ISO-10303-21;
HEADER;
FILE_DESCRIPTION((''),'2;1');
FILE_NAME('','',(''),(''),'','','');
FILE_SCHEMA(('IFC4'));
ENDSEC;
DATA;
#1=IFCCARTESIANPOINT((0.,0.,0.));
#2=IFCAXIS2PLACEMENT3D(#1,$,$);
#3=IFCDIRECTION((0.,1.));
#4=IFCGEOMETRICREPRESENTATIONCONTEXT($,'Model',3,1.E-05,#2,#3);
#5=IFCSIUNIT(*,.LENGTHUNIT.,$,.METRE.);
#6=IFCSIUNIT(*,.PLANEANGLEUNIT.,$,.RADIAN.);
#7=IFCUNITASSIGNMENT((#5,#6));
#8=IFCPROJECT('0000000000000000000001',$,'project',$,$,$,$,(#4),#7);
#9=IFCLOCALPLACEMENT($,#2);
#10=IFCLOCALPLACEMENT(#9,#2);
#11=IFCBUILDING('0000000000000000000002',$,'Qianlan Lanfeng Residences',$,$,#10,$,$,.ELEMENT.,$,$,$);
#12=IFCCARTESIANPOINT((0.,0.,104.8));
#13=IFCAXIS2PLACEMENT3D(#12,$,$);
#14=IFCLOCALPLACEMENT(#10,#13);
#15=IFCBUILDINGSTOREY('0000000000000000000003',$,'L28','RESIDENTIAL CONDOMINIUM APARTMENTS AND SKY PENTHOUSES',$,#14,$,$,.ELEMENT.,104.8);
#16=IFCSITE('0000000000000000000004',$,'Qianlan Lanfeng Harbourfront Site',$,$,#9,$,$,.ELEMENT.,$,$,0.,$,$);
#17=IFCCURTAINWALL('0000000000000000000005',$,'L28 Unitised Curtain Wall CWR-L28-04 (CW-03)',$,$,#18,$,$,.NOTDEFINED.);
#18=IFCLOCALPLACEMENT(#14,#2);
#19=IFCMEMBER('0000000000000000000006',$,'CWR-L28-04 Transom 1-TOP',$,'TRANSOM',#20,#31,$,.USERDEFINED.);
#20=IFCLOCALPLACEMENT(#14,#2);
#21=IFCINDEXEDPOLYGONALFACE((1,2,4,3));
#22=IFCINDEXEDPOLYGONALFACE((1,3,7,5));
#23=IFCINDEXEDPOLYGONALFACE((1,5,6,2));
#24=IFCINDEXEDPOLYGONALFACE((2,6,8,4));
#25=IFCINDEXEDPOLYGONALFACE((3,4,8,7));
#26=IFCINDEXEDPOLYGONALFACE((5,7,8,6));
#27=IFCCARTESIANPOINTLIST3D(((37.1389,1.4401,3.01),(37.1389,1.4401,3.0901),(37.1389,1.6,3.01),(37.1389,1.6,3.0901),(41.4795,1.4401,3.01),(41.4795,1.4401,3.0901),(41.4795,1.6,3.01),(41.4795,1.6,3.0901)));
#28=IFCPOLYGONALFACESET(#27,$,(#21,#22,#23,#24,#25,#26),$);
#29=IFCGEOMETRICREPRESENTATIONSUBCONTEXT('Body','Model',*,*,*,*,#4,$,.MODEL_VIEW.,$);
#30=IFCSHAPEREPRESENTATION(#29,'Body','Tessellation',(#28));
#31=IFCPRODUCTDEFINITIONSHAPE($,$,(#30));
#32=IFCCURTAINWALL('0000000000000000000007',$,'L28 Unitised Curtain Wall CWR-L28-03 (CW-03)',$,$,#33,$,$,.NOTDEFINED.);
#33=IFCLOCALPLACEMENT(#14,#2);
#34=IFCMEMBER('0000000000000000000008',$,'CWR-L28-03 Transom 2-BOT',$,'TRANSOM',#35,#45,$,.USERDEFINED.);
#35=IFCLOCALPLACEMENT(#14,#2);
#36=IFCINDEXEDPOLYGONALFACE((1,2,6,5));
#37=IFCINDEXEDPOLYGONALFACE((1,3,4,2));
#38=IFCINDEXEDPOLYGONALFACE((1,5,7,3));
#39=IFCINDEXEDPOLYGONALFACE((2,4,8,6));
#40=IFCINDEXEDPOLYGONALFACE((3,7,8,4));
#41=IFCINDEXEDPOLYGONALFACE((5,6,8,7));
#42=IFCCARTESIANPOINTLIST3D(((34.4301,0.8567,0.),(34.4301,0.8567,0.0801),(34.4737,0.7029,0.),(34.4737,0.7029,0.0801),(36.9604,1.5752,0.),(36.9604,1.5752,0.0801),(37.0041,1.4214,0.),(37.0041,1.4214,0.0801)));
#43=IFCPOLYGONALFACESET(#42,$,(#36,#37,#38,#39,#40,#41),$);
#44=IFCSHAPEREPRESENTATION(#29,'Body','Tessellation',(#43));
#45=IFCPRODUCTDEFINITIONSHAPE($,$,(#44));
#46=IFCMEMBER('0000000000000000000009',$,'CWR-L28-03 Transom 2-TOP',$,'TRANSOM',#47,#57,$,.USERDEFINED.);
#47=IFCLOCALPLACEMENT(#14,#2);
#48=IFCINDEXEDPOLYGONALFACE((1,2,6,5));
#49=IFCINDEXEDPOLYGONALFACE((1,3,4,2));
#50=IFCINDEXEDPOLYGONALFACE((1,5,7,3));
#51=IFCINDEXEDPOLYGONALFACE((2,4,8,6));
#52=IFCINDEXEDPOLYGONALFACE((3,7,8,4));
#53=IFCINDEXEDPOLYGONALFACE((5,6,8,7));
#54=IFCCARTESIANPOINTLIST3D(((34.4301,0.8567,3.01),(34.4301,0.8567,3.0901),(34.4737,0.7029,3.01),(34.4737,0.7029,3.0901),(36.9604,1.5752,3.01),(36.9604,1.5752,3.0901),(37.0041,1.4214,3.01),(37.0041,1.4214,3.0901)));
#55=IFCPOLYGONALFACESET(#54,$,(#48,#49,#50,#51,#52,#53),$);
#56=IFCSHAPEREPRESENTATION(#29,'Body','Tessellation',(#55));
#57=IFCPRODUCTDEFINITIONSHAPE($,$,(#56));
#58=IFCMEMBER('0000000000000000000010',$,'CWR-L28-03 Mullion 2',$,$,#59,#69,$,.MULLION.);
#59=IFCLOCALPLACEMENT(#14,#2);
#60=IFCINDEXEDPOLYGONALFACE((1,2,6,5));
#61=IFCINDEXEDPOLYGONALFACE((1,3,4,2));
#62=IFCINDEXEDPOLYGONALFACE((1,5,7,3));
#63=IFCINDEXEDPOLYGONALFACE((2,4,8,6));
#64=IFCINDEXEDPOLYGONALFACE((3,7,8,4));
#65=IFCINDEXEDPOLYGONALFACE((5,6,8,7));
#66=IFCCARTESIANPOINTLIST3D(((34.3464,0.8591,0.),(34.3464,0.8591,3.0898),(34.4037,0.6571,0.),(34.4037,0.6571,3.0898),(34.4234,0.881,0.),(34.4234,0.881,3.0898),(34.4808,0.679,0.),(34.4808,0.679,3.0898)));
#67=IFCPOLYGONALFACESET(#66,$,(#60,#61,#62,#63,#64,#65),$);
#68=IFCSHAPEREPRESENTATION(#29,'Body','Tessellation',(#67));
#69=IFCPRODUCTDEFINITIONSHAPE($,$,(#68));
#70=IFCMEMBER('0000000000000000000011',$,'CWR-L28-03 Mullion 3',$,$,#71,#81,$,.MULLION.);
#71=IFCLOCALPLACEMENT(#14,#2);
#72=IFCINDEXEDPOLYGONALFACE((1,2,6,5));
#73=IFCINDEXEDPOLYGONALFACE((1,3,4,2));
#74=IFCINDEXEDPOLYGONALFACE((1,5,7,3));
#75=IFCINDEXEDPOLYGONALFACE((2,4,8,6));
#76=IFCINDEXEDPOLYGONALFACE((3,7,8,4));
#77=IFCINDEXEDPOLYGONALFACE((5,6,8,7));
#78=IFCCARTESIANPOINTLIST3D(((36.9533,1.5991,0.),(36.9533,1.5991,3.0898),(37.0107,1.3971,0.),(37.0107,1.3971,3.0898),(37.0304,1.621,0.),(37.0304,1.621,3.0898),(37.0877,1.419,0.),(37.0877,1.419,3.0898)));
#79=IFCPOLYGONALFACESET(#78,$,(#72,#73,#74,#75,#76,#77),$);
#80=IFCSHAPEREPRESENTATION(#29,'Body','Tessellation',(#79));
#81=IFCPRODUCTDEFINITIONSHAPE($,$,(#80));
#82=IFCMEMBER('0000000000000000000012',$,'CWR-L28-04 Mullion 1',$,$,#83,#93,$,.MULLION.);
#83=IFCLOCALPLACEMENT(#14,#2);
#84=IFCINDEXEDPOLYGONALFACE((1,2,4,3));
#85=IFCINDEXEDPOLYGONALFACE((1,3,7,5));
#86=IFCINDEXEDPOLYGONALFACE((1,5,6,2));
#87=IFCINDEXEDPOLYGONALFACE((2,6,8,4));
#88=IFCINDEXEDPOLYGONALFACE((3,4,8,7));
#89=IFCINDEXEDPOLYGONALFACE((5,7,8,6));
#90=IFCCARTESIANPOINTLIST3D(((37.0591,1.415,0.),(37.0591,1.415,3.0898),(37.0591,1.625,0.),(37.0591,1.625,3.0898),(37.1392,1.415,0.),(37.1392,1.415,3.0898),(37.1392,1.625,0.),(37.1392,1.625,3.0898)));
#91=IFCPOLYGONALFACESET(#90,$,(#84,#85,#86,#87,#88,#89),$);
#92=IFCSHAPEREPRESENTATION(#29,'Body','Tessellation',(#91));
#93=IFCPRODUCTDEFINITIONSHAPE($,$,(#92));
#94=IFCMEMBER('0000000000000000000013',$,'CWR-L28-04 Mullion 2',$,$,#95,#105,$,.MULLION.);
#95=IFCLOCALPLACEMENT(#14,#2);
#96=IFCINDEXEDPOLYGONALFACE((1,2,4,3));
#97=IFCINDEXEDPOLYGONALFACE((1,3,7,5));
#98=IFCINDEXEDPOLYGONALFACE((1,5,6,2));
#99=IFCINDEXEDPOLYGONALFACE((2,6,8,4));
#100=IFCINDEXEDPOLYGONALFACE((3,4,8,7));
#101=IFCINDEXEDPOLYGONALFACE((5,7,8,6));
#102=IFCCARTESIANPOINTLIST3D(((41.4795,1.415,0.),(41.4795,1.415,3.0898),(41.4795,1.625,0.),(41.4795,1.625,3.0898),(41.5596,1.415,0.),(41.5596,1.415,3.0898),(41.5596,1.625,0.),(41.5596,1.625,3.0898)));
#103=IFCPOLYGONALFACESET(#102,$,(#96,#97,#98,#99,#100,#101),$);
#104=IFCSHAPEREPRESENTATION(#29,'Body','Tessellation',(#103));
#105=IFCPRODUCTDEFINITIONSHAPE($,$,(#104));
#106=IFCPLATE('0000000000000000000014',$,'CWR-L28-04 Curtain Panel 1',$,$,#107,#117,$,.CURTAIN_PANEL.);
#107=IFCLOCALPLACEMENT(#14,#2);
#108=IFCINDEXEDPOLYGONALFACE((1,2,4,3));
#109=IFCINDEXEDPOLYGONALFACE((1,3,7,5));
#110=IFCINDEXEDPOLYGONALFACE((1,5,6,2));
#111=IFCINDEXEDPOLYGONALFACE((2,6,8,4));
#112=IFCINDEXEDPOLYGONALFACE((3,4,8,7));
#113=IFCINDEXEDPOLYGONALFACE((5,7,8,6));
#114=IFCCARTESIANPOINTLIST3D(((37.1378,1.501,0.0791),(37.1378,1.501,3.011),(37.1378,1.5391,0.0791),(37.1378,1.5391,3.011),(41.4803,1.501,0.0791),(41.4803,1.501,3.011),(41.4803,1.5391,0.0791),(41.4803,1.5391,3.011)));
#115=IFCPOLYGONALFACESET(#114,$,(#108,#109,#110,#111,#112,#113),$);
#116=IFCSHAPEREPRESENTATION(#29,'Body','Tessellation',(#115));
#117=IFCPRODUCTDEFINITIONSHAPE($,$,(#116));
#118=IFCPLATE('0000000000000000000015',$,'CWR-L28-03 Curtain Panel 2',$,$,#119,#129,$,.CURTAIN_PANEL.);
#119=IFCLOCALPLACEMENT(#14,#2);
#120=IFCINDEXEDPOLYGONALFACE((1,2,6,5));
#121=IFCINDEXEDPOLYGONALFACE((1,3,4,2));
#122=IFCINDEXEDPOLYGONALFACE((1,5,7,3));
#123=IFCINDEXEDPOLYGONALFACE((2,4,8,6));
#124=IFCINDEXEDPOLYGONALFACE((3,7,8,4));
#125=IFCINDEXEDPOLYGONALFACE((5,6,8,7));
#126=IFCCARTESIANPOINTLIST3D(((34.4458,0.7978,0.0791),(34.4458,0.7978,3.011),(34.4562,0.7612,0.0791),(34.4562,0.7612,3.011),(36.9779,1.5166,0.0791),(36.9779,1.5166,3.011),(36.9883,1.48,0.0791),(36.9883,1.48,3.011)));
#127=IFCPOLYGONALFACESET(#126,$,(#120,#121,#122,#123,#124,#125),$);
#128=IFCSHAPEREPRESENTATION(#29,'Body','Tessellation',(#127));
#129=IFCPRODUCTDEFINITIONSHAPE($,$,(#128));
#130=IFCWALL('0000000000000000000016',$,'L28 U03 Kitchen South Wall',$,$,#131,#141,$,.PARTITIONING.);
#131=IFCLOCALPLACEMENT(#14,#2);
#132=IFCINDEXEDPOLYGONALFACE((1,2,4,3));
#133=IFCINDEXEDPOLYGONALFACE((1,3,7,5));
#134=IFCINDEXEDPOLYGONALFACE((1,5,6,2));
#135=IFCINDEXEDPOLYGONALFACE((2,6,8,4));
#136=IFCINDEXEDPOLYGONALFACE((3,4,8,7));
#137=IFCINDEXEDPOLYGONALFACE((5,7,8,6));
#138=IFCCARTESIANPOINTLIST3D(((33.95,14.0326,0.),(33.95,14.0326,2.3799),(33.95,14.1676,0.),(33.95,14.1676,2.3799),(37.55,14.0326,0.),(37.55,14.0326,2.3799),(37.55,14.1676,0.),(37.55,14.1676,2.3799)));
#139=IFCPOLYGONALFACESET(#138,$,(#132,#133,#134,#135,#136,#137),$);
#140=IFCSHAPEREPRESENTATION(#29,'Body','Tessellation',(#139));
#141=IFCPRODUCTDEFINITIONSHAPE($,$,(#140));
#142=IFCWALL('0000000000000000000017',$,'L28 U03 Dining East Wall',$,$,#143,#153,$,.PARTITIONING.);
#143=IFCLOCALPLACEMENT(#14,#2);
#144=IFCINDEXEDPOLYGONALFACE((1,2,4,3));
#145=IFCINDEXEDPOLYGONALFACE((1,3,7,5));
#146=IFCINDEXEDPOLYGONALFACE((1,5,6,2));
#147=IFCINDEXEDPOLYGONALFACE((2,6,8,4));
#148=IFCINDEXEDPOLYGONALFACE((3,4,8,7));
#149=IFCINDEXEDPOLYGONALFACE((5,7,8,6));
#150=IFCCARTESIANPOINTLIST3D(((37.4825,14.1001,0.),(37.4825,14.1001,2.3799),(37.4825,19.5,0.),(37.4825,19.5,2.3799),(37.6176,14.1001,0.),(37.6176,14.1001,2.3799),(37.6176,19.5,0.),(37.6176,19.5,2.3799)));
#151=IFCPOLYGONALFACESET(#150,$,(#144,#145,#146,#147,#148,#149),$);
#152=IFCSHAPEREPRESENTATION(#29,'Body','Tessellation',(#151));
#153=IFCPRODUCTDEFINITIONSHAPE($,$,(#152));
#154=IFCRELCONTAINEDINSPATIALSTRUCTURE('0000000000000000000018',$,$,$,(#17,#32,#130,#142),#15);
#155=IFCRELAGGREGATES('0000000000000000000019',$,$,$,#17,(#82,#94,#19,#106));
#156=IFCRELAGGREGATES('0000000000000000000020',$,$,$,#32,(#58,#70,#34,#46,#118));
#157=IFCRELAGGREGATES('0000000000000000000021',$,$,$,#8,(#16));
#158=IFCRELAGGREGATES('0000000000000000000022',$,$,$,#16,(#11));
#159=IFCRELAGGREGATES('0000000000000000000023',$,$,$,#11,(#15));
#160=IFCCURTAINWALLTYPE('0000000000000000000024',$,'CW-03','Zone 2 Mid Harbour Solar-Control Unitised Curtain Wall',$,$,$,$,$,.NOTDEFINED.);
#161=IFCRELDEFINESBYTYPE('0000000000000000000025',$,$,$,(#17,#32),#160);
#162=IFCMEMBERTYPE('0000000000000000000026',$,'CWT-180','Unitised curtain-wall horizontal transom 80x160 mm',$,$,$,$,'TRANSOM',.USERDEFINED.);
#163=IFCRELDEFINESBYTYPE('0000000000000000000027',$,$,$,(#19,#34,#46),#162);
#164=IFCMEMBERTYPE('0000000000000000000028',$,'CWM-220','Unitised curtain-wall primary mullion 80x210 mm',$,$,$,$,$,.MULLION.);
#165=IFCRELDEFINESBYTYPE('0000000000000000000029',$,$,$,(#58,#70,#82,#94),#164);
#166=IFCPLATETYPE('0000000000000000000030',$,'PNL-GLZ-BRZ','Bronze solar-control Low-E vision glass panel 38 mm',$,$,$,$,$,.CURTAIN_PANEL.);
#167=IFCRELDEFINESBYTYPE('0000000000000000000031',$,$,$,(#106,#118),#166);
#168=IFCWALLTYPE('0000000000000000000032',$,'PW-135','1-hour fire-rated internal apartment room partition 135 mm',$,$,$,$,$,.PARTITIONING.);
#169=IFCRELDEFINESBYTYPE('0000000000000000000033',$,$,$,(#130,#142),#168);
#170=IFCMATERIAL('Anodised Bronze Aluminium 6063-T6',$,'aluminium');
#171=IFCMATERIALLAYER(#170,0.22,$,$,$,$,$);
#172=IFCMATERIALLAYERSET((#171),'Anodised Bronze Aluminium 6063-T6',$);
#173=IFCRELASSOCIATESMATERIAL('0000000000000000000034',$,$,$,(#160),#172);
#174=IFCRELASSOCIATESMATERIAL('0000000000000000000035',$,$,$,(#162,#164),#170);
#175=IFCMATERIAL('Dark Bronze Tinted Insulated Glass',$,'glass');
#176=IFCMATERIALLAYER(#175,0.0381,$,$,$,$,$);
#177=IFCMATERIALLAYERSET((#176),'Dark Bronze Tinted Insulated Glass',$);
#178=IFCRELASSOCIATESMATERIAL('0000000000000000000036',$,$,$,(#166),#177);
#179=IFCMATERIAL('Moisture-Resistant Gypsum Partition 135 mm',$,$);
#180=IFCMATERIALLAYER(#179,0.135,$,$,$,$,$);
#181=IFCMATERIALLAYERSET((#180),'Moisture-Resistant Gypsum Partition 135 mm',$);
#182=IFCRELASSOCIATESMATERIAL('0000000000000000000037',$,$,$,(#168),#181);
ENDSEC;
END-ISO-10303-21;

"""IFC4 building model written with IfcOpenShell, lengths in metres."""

from ifc_helpers import new_model, si_unit, direction, frame, frame_2d, origin, origin_2d, place, context, subcontext, project, spatial, rectangle, extrude, source, transform, mapped, material, layer, layer_set, material_profile, profile_set, type_object, element, aggregate, save


model = new_model("IFC4")

# Units and contexts
model_context = context("Model", 3, precision=1e-05, world=origin(), true_north=direction((0.0, 1.0)))
body_context = subcontext(model_context, "Body", "Model", "MODEL_VIEW")
ifc_project = project(units=[si_unit("LENGTHUNIT", "METRE"), si_unit("PLANEANGLEUNIT", "RADIAN")], contexts=[model_context])

# Site, building, storey
site_placement = place(None, origin())
site = spatial("IfcSite", under=ifc_project, at=site_placement, Name="Qianlan Lanfeng Harbourfront Site", CompositionType="ELEMENT", RefElevation=0.0)
building_placement = place(site_placement, origin())
building = spatial("IfcBuilding", under=site, at=building_placement, Name="Qianlan Lanfeng Residences", CompositionType="ELEMENT")
storey_placement = place(building_placement, frame((0.0, 0.0, 104.8)))
storey = spatial("IfcBuildingStorey", under=building, at=storey_placement, Name="L28", Description="RESIDENTIAL CONDOMINIUM APARTMENTS AND SKY PENTHOUSES", CompositionType="ELEMENT", Elevation=104.8)

# Curtain walls, members
ifc_material_1 = material(Name="Anodised Bronze Aluminium 6063-T6", Category="aluminium")
ifc_layer_1 = layer(ifc_material_1, 0.22)
ifc_layer_set_1 = layer_set([ifc_layer_1], Name="Anodised Bronze Aluminium 6063-T6")
curtain_wall_type = type_object("IfcCurtainWallType", Name="CW-03", Description="Zone 2 Mid Harbour Solar-Control Unitised Curtain Wall", PredefinedType="NOTDEFINED", material=ifc_layer_set_1)
curtain_wall_1_placement = place(storey_placement, origin())
curtain_wall_1 = element("IfcCurtainWall", 1, at=curtain_wall_1_placement, inside=storey, type_object=curtain_wall_type, Name="L28 Unitised Curtain Wall CWR-L28-04 (CW-03)", PredefinedType="NOTDEFINED")
ifc_material_profile_1 = material_profile(ifc_material_1, rectangle(XDim=0.0801, YDim=0.1599, at=origin_2d()), Name="ALU TRANSOM 80x160")
ifc_profile_set_1 = profile_set([ifc_material_profile_1], Name="Anodised Bronze Aluminium 6063-T6")
member_type_1 = type_object("IfcMemberType", Name="CWT-180", Description="Unitised curtain-wall horizontal transom 80x160 mm", ElementType="TRANSOM", PredefinedType="USERDEFINED", material=ifc_profile_set_1)
shared_shape_1 = source(origin(), body_context, "Body", "SweptSolid", [
    extrude(rectangle(XDim=0.0801, YDim=0.1599, at=origin_2d()), origin(), (0.0, 0.0, 1.0), 4.3406),
])
member_1_placement = place(storey_placement, frame((37.1389, 1.52, 3.05), z_axis=(1.0, 0.0, 0.0), x_axis=(0.0, 0.0, 1.0)))
member_1 = element("IfcMember", 2, at=member_1_placement, type_object=member_type_1, Name="CWR-L28-04 Transom 1-TOP", ObjectType="TRANSOM", PredefinedType="USERDEFINED", context=body_context, shape_type="MappedRepresentation", body=[
    mapped(shared_shape_1, transform((0.0, 0.0, 0.0), scale=1.0)),
])
curtain_wall_2_placement = place(storey_placement, origin())
curtain_wall_2 = element("IfcCurtainWall", 3, at=curtain_wall_2_placement, inside=storey, type_object=curtain_wall_type, Name="L28 Unitised Curtain Wall CWR-L28-03 (CW-03)", PredefinedType="NOTDEFINED")
shared_shape_2 = source(origin(), body_context, "Body", "SweptSolid", [
    extrude(rectangle(XDim=0.0801, YDim=0.1599, at=origin_2d()), origin(), (0.0, 0.0, 1.0), 2.6304),
])
member_2_placement = place(storey_placement, frame((34.4519, 0.7798, 0.04), z_axis=(0.961968, 0.273164, 0.0), x_axis=(0.0, 0.0, 1.0)))
member_2 = element("IfcMember", 4, at=member_2_placement, type_object=member_type_1, Name="CWR-L28-03 Transom 2-BOT", ObjectType="TRANSOM", PredefinedType="USERDEFINED", context=body_context, shape_type="MappedRepresentation", body=[
    mapped(shared_shape_2, transform((0.0, 0.0, 0.0), scale=1.0)),
])
member_3_placement = place(storey_placement, frame((34.4519, 0.7798, 3.05), z_axis=(0.961968, 0.273164, 0.0), x_axis=(0.0, 0.0, 1.0)))
member_3 = element("IfcMember", 5, at=member_3_placement, type_object=member_type_1, Name="CWR-L28-03 Transom 2-TOP", ObjectType="TRANSOM", PredefinedType="USERDEFINED", context=body_context, shape_type="MappedRepresentation", body=[
    mapped(shared_shape_2, transform((0.0, 0.0, 0.0), scale=1.0)),
])
ifc_material_profile_2 = material_profile(ifc_material_1, rectangle(XDim=0.0801, YDim=0.21, at=origin_2d()), Name="ALU MULLION 80x210")
ifc_profile_set_2 = profile_set([ifc_material_profile_2], Name="Anodised Bronze Aluminium 6063-T6")
member_type_2 = type_object("IfcMemberType", Name="CWM-220", Description="Unitised curtain-wall primary mullion 80x210 mm", PredefinedType="MULLION", material=ifc_profile_set_2)
shared_shape_3 = source(origin(), body_context, "Body", "SweptSolid", [
    extrude(rectangle(XDim=0.0801, YDim=0.21, at=origin_2d()), origin(), (0.0, 0.0, 1.0), 3.0898),
])
member_4_placement = place(storey_placement, frame((34.4136, 0.769, 0.0), z_axis=(0.0, 0.0, 1.0), x_axis=(0.961989, 0.273088, 0.0)))
member_4 = element("IfcMember", 6, at=member_4_placement, type_object=member_type_2, Name="CWR-L28-03 Mullion 2", PredefinedType="MULLION", context=body_context, shape_type="MappedRepresentation", body=[
    mapped(shared_shape_3, transform((0.0, 0.0, 0.0), scale=1.0)),
])
member_5_placement = place(storey_placement, frame((37.0205, 1.509, 0.0), z_axis=(0.0, 0.0, 1.0), x_axis=(0.961989, 0.273088, 0.0)))
member_5 = element("IfcMember", 7, at=member_5_placement, type_object=member_type_2, Name="CWR-L28-03 Mullion 3", PredefinedType="MULLION", context=body_context, shape_type="MappedRepresentation", body=[
    mapped(shared_shape_3, transform((0.0, 0.0, 0.0), scale=1.0)),
])

# Members
member_6_placement = place(storey_placement, frame((37.0991, 1.52, 0.0), z_axis=(0.0, 0.0, 1.0), x_axis=(1.0, 0.0, 0.0)))
member_6 = element("IfcMember", 8, at=member_6_placement, type_object=member_type_2, Name="CWR-L28-04 Mullion 1", PredefinedType="MULLION", context=body_context, shape_type="MappedRepresentation", body=[
    mapped(shared_shape_3, transform((0.0, 0.0, 0.0), scale=1.0)),
])
member_7_placement = place(storey_placement, frame((41.5195, 1.52, 0.0), z_axis=(0.0, 0.0, 1.0), x_axis=(1.0, 0.0, 0.0)))
member_7 = element("IfcMember", 9, at=member_7_placement, type_object=member_type_2, Name="CWR-L28-04 Mullion 2", PredefinedType="MULLION", context=body_context, shape_type="MappedRepresentation", body=[
    mapped(shared_shape_3, transform((0.0, 0.0, 0.0), scale=1.0)),
])

# Plates
ifc_material_2 = material(Name="Dark Bronze Tinted Insulated Glass", Category="glass")
ifc_layer_2 = layer(ifc_material_2, 0.0381)
ifc_layer_set_2 = layer_set([ifc_layer_2], Name="Dark Bronze Tinted Insulated Glass")
plate_type = type_object("IfcPlateType", Name="PNL-GLZ-BRZ", Description="Bronze solar-control Low-E vision glass panel 38 mm", PredefinedType="CURTAIN_PANEL", material=ifc_layer_set_2)
shared_shape_4 = source(origin(), body_context, "Body", "SweptSolid", [
    extrude(rectangle(XDim=4.3425, YDim=0.0381, at=origin_2d()), origin(), (0.0, 0.0, 1.0), 2.9319),
])
plate_1_placement = place(storey_placement, frame((39.3091, 1.52, 0.0791), z_axis=(0.0, 0.0, 1.0), x_axis=(1.0, 0.0, 0.0)))
plate_1 = element("IfcPlate", 10, at=plate_1_placement, type_object=plate_type, Name="CWR-L28-04 Curtain Panel 1", PredefinedType="CURTAIN_PANEL", context=body_context, shape_type="MappedRepresentation", body=[
    mapped(shared_shape_4, transform((0.0, 0.0, 0.0), scale=1.0)),
])
aggregate(curtain_wall_1, [member_6, member_7, member_1, plate_1])
shared_shape_5 = source(origin(), body_context, "Body", "SweptSolid", [
    extrude(rectangle(XDim=2.6321, YDim=0.0381, at=origin_2d()), origin(), (0.0, 0.0, 1.0), 2.9319),
])
plate_2_placement = place(storey_placement, frame((35.717, 1.1389, 0.0791), z_axis=(0.0, 0.0, 1.0), x_axis=(0.961989, 0.273088, 0.0)))
plate_2 = element("IfcPlate", 11, at=plate_2_placement, type_object=plate_type, Name="CWR-L28-03 Curtain Panel 2", PredefinedType="CURTAIN_PANEL", context=body_context, shape_type="MappedRepresentation", body=[
    mapped(shared_shape_5, transform((0.0, 0.0, 0.0), scale=1.0)),
])
aggregate(curtain_wall_2, [member_4, member_5, member_2, member_3, plate_2])

# Walls
ifc_material_3 = material(Name="Moisture-Resistant Gypsum Partition 135 mm")
ifc_layer_3 = layer(ifc_material_3, 0.135)
ifc_layer_set_3 = layer_set([ifc_layer_3], Name="Moisture-Resistant Gypsum Partition 135 mm")
wall_type = type_object("IfcWallType", Name="PW-135", Description="1-hour fire-rated internal apartment room partition 135 mm", PredefinedType="PARTITIONING", material=ifc_layer_set_3)
wall_1_placement = place(storey_placement, frame((33.95, 14.1001, 0.0), z_axis=(0.0, 0.0, 1.0), x_axis=(1.0, 0.0, 0.0)))
element("IfcWall", 12, at=wall_1_placement, inside=storey, type_object=wall_type, Name="L28 U03 Kitchen South Wall", PredefinedType="PARTITIONING", context=body_context, shape_type="SweptSolid", body=[
    extrude(rectangle(XDim=3.6001, YDim=0.135, at=frame_2d((1.8, 0.0))), origin(), (0.0, 0.0, 1.0), 2.3799),
])
wall_2_placement = place(storey_placement, frame((37.55, 14.1001, 0.0), z_axis=(0.0, 0.0, 1.0), x_axis=(0.0, 1.0, 0.0)))
element("IfcWall", 13, at=wall_2_placement, inside=storey, type_object=wall_type, Name="L28 U03 Dining East Wall", PredefinedType="PARTITIONING", context=body_context, shape_type="SweptSolid", body=[
    extrude(rectangle(XDim=5.3999, YDim=0.135, at=frame_2d((2.7, 0.0))), origin(), (0.0, 0.0, 1.0), 2.3799),
])

save(model, "model.ifc")
